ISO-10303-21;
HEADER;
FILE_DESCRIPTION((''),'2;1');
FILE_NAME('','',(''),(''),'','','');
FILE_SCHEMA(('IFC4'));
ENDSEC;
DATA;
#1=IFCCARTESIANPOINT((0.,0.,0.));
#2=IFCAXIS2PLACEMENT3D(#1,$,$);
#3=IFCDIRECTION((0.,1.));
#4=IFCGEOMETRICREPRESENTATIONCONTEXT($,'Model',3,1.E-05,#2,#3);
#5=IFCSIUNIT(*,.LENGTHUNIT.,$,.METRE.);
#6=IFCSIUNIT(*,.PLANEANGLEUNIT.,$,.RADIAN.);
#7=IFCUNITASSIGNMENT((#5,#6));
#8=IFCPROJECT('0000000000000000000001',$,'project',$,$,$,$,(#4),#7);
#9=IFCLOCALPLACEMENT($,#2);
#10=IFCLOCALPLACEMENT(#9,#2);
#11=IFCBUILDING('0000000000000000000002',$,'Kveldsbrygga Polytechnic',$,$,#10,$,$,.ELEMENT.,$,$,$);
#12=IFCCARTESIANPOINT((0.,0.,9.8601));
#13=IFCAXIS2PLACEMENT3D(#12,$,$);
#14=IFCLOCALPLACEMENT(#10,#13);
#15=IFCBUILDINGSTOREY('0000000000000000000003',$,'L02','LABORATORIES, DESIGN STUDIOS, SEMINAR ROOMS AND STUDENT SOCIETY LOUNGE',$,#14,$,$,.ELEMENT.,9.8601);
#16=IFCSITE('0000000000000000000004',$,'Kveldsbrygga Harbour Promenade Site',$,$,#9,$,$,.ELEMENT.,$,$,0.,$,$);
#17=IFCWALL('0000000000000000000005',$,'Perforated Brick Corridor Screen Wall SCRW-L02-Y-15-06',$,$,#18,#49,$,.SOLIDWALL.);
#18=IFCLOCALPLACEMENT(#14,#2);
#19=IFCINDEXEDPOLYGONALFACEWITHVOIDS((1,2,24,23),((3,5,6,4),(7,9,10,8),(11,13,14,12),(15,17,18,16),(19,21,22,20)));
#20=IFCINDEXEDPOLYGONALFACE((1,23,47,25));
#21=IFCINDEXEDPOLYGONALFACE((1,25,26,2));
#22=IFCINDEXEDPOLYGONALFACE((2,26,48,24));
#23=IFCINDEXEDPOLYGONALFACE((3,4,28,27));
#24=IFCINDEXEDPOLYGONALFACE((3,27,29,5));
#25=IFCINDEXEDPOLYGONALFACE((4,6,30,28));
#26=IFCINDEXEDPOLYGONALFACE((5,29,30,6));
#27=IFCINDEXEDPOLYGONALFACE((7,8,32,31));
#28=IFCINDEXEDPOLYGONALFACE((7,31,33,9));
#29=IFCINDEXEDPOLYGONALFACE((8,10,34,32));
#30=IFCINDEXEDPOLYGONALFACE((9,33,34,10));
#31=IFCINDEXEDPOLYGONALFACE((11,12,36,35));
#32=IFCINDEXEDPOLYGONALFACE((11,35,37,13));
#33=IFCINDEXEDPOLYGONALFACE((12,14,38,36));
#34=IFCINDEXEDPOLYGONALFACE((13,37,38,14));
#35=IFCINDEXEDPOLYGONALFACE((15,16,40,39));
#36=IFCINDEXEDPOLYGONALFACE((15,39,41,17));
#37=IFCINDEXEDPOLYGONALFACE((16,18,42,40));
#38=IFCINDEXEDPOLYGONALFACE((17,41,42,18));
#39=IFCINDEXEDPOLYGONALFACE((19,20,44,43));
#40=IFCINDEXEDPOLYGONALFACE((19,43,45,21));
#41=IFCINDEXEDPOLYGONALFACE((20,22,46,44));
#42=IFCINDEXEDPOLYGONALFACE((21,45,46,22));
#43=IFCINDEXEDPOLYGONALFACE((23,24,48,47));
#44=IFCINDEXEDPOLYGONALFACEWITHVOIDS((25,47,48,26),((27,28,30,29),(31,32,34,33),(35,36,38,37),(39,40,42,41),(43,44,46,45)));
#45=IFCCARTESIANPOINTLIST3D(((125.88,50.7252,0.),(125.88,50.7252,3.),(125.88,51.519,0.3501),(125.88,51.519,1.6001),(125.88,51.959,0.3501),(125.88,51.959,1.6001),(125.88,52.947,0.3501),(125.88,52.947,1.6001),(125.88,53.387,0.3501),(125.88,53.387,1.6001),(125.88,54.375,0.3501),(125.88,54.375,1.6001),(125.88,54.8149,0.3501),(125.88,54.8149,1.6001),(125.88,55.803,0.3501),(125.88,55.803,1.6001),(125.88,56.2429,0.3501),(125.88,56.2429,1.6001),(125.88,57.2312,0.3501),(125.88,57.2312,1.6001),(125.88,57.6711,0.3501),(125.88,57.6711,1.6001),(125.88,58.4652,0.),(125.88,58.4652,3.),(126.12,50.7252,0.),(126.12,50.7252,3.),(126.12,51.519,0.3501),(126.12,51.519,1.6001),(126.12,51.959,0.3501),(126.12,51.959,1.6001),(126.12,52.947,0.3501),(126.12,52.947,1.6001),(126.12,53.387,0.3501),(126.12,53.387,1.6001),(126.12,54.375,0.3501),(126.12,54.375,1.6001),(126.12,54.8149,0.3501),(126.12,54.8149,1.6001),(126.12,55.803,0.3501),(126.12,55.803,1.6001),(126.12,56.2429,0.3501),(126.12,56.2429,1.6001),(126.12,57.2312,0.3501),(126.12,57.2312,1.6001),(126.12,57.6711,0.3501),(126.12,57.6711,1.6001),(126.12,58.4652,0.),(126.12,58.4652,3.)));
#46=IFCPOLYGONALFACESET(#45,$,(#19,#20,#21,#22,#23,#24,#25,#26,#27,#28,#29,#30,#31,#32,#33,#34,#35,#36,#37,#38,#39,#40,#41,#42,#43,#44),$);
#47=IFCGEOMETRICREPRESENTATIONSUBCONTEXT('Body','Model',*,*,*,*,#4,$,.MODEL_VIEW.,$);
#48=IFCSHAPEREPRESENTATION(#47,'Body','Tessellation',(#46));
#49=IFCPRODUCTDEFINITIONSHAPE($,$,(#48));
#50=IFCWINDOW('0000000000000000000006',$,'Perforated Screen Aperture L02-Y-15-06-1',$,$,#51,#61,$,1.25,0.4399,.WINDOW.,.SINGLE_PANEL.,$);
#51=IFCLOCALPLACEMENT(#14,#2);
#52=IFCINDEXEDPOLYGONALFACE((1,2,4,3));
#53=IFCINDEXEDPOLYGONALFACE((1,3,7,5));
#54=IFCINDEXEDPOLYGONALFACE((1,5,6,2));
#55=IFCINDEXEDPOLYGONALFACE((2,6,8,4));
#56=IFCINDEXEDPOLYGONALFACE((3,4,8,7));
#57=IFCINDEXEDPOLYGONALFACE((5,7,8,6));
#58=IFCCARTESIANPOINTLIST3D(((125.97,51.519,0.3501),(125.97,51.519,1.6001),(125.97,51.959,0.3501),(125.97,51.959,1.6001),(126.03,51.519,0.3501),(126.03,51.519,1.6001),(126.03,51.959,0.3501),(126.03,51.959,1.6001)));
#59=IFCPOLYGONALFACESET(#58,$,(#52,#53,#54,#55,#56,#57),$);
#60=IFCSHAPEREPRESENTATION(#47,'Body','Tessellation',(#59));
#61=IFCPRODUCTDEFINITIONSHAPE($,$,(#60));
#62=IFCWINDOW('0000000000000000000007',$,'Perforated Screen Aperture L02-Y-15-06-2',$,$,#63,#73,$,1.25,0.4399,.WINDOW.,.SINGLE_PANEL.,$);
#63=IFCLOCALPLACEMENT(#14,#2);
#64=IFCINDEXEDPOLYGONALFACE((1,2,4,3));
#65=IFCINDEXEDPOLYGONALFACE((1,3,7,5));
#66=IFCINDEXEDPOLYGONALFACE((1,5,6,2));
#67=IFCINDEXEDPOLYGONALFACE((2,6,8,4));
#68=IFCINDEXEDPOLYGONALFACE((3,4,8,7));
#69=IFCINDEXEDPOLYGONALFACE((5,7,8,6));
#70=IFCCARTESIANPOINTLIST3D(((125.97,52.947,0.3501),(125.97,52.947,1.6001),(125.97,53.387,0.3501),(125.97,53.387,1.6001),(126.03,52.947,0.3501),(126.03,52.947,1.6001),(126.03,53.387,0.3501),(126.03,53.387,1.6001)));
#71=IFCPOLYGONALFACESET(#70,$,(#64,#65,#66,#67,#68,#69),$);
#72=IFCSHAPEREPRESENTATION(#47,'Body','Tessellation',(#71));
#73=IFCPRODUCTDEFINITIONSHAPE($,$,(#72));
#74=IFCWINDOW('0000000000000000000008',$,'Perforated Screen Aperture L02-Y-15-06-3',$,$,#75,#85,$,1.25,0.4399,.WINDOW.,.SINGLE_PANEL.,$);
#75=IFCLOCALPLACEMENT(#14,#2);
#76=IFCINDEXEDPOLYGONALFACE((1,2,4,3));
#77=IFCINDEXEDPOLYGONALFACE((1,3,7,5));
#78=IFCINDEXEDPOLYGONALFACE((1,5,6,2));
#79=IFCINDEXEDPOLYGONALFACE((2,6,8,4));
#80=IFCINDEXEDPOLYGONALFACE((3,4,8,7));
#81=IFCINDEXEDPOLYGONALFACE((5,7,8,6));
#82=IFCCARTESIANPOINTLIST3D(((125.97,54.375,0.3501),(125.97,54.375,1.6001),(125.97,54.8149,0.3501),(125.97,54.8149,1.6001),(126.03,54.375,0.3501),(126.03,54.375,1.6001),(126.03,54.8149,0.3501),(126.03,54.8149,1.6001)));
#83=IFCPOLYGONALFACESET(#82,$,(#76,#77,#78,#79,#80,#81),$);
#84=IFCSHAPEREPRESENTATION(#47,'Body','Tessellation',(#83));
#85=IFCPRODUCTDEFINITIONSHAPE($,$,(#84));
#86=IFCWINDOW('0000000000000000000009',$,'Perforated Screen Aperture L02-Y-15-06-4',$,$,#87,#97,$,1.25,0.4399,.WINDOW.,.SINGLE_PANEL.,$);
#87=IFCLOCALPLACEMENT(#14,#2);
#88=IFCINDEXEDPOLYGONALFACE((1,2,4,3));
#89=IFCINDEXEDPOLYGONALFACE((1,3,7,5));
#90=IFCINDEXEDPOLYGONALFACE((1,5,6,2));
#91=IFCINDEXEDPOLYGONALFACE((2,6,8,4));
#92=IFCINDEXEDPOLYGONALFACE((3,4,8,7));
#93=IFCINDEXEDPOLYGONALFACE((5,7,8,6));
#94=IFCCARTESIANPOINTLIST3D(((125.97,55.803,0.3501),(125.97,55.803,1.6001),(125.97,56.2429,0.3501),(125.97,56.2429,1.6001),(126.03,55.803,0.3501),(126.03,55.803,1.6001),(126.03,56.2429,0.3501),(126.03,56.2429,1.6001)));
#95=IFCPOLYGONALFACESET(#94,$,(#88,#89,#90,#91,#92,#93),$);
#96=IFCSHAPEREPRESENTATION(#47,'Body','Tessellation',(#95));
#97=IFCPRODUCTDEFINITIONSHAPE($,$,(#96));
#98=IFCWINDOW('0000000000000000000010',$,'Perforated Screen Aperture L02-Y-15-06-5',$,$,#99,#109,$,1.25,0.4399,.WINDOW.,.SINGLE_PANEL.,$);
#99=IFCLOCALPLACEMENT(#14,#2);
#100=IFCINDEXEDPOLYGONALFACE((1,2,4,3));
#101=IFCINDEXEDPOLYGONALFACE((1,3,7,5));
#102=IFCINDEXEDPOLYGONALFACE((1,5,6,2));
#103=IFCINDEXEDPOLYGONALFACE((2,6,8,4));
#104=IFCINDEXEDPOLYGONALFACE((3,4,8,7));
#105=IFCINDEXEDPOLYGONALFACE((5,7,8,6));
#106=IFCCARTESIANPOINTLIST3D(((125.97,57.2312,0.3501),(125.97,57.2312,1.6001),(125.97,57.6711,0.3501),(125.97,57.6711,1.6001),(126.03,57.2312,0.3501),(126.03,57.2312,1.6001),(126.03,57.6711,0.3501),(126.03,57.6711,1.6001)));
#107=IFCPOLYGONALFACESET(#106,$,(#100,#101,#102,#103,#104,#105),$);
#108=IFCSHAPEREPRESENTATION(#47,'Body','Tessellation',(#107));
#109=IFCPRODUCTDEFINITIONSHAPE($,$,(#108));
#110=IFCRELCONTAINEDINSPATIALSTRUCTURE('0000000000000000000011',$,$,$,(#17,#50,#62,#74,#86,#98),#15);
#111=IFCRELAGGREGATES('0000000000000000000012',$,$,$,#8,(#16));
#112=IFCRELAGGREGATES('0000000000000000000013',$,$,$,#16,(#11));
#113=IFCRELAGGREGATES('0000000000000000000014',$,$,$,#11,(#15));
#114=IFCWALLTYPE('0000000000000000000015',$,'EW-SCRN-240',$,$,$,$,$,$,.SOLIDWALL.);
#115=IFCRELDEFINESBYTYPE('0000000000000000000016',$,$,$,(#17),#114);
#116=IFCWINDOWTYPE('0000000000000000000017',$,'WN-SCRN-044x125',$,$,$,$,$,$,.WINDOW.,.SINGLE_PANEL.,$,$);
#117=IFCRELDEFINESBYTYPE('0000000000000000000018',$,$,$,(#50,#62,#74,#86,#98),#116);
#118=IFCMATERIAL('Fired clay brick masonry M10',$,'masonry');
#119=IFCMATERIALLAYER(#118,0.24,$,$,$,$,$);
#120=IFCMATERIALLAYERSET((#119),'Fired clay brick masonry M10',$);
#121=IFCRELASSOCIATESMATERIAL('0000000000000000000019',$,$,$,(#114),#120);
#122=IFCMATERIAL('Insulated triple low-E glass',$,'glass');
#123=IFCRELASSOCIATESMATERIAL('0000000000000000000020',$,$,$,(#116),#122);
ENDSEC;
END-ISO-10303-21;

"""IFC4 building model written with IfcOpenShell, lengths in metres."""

from ifc_helpers import new_model, si_unit, direction, frame, frame_2d, origin, place, context, subcontext, project, spatial, rectangle, extrude, material, layer, layer_set, type_object, element, fill, save


model = new_model("IFC4")

# Units and contexts
model_context = context("Model", 3, precision=1e-05, world=origin(), true_north=direction((0.0, 1.0)))
body_context = subcontext(model_context, "Body", "Model", "MODEL_VIEW")
ifc_project = project(units=[si_unit("LENGTHUNIT", "METRE"), si_unit("PLANEANGLEUNIT", "RADIAN")], contexts=[model_context])

# Site, building, storey
site_placement = place(None, origin())
site = spatial("IfcSite", under=ifc_project, at=site_placement, Name="Kveldsbrygga Harbour Promenade Site", CompositionType="ELEMENT", RefElevation=0.0)
building_placement = place(site_placement, origin())
building = spatial("IfcBuilding", under=site, at=building_placement, Name="Kveldsbrygga Polytechnic", CompositionType="ELEMENT")
storey_placement = place(building_placement, frame((0.0, 0.0, 9.8601)))
storey = spatial("IfcBuildingStorey", under=building, at=storey_placement, Name="L02", Description="LABORATORIES, DESIGN STUDIOS, SEMINAR ROOMS AND STUDENT SOCIETY LOUNGE", CompositionType="ELEMENT", Elevation=9.8601)

# Shared definitions
ifc_material_1 = material(Name="Insulated triple low-E glass", Category="glass")

# Wall, openings, windows
ifc_material_2 = material(Name="Fired clay brick masonry M10", Category="masonry")
ifc_layer_1 = layer(ifc_material_2, 0.24)
ifc_layer_set_1 = layer_set([ifc_layer_1], Name="Fired clay brick masonry M10")
wall_type = type_object("IfcWallType", Name="EW-SCRN-240", PredefinedType="SOLIDWALL", material=ifc_layer_set_1)
wall_placement = place(storey_placement, frame((126.0, 50.7251, 0.0), z_axis=(0.0, 0.0, 1.0), x_axis=(0.0, 1.0, 0.0)))
wall = element("IfcWall", 1, at=wall_placement, inside=storey, type_object=wall_type, Name="Perforated Brick Corridor Screen Wall SCRW-L02-Y-15-06", PredefinedType="SOLIDWALL", context=body_context, shape_type="SweptSolid", body=[
    extrude(rectangle(XDim=7.74, YDim=0.24, at=frame_2d((3.8701, 0.0))), origin(), (0.0, 0.0, 1.0), 3.0),
])
opening_1_placement = place(wall_placement, frame((0.7939, 0.0, 0.3501)))
opening_1 = element("IfcOpeningElement", 2, at=opening_1_placement, cuts=wall, PredefinedType="OPENING", context=body_context, shape_type="SweptSolid", body=[
    extrude(rectangle(XDim=0.4399, YDim=1.25, at=frame_2d((0.22, 0.625))), frame((0.0, 0.1299, 0.0), z_axis=(0.0, -1.0, 0.0), x_axis=(1.0, 0.0, 0.0)), (0.0, 0.0, 1.0), 0.26),
])
opening_2_placement = place(wall_placement, frame((2.2219, 0.0, 0.3501)))
opening_2 = element("IfcOpeningElement", 3, at=opening_2_placement, cuts=wall, PredefinedType="OPENING", context=body_context, shape_type="SweptSolid", body=[
    extrude(rectangle(XDim=0.4399, YDim=1.25, at=frame_2d((0.22, 0.625))), frame((0.0, 0.1299, 0.0), z_axis=(0.0, -1.0, 0.0), x_axis=(1.0, 0.0, 0.0)), (0.0, 0.0, 1.0), 0.26),
])
opening_3_placement = place(wall_placement, frame((3.6499, 0.0, 0.3501)))
opening_3 = element("IfcOpeningElement", 4, at=opening_3_placement, cuts=wall, PredefinedType="OPENING", context=body_context, shape_type="SweptSolid", body=[
    extrude(rectangle(XDim=0.4399, YDim=1.25, at=frame_2d((0.22, 0.625))), frame((0.0, 0.1299, 0.0), z_axis=(0.0, -1.0, 0.0), x_axis=(1.0, 0.0, 0.0)), (0.0, 0.0, 1.0), 0.26),
])
opening_4_placement = place(wall_placement, frame((5.0779, 0.0, 0.3501)))
opening_4 = element("IfcOpeningElement", 5, at=opening_4_placement, cuts=wall, PredefinedType="OPENING", context=body_context, shape_type="SweptSolid", body=[
    extrude(rectangle(XDim=0.4399, YDim=1.25, at=frame_2d((0.22, 0.625))), frame((0.0, 0.1299, 0.0), z_axis=(0.0, -1.0, 0.0), x_axis=(1.0, 0.0, 0.0)), (0.0, 0.0, 1.0), 0.26),
])
opening_5_placement = place(wall_placement, frame((6.5061, 0.0, 0.3501)))
opening_5 = element("IfcOpeningElement", 6, at=opening_5_placement, cuts=wall, PredefinedType="OPENING", context=body_context, shape_type="SweptSolid", body=[
    extrude(rectangle(XDim=0.4399, YDim=1.25, at=frame_2d((0.22, 0.625))), frame((0.0, 0.1299, 0.0), z_axis=(0.0, -1.0, 0.0), x_axis=(1.0, 0.0, 0.0)), (0.0, 0.0, 1.0), 0.26),
])
window_type = type_object("IfcWindowType", Name="WN-SCRN-044x125", PartitioningType="SINGLE_PANEL", PredefinedType="WINDOW", material=ifc_material_1)
window_1_placement = place(opening_1_placement, origin())
window_1 = element("IfcWindow", 7, at=window_1_placement, inside=storey, type_object=window_type, Name="Perforated Screen Aperture L02-Y-15-06-1", OverallHeight=1.25, OverallWidth=0.4399, PartitioningType="SINGLE_PANEL", PredefinedType="WINDOW", context=body_context, shape_type="SweptSolid", body=[
    extrude(rectangle(XDim=0.4399, YDim=1.25, at=frame_2d((0.22, 0.625))), frame((0.0, 0.03, 0.0), z_axis=(0.0, -1.0, 0.0), x_axis=(1.0, 0.0, 0.0)), (0.0, 0.0, 1.0), 0.0601),
])
fill(opening_1, window_1)
window_2_placement = place(opening_2_placement, origin())
window_2 = element("IfcWindow", 8, at=window_2_placement, inside=storey, type_object=window_type, Name="Perforated Screen Aperture L02-Y-15-06-2", OverallHeight=1.25, OverallWidth=0.4399, PartitioningType="SINGLE_PANEL", PredefinedType="WINDOW", context=body_context, shape_type="SweptSolid", body=[
    extrude(rectangle(XDim=0.4399, YDim=1.25, at=frame_2d((0.22, 0.625))), frame((0.0, 0.03, 0.0), z_axis=(0.0, -1.0, 0.0), x_axis=(1.0, 0.0, 0.0)), (0.0, 0.0, 1.0), 0.0601),
])
fill(opening_2, window_2)
window_3_placement = place(opening_3_placement, origin())
window_3 = element("IfcWindow", 9, at=window_3_placement, inside=storey, type_object=window_type, Name="Perforated Screen Aperture L02-Y-15-06-3", OverallHeight=1.25, OverallWidth=0.4399, PartitioningType="SINGLE_PANEL", PredefinedType="WINDOW", context=body_context, shape_type="SweptSolid", body=[
    extrude(rectangle(XDim=0.4399, YDim=1.25, at=frame_2d((0.22, 0.625))), frame((0.0, 0.03, 0.0), z_axis=(0.0, -1.0, 0.0), x_axis=(1.0, 0.0, 0.0)), (0.0, 0.0, 1.0), 0.0601),
])
fill(opening_3, window_3)
window_4_placement = place(opening_4_placement, origin())
window_4 = element("IfcWindow", 10, at=window_4_placement, inside=storey, type_object=window_type, Name="Perforated Screen Aperture L02-Y-15-06-4", OverallHeight=1.25, OverallWidth=0.4399, PartitioningType="SINGLE_PANEL", PredefinedType="WINDOW", context=body_context, shape_type="SweptSolid", body=[
    extrude(rectangle(XDim=0.4399, YDim=1.25, at=frame_2d((0.22, 0.625))), frame((0.0, 0.03, 0.0), z_axis=(0.0, -1.0, 0.0), x_axis=(1.0, 0.0, 0.0)), (0.0, 0.0, 1.0), 0.0601),
])
fill(opening_4, window_4)
window_5_placement = place(opening_5_placement, origin())
window_5 = element("IfcWindow", 11, at=window_5_placement, inside=storey, type_object=window_type, Name="Perforated Screen Aperture L02-Y-15-06-5", OverallHeight=1.25, OverallWidth=0.4399, PartitioningType="SINGLE_PANEL", PredefinedType="WINDOW", context=body_context, shape_type="SweptSolid", body=[
    extrude(rectangle(XDim=0.4399, YDim=1.25, at=frame_2d((0.22, 0.625))), frame((0.0, 0.03, 0.0), z_axis=(0.0, -1.0, 0.0), x_axis=(1.0, 0.0, 0.0)), (0.0, 0.0, 1.0), 0.0601),
])
fill(opening_5, window_5)

save(model, "model.ifc")
